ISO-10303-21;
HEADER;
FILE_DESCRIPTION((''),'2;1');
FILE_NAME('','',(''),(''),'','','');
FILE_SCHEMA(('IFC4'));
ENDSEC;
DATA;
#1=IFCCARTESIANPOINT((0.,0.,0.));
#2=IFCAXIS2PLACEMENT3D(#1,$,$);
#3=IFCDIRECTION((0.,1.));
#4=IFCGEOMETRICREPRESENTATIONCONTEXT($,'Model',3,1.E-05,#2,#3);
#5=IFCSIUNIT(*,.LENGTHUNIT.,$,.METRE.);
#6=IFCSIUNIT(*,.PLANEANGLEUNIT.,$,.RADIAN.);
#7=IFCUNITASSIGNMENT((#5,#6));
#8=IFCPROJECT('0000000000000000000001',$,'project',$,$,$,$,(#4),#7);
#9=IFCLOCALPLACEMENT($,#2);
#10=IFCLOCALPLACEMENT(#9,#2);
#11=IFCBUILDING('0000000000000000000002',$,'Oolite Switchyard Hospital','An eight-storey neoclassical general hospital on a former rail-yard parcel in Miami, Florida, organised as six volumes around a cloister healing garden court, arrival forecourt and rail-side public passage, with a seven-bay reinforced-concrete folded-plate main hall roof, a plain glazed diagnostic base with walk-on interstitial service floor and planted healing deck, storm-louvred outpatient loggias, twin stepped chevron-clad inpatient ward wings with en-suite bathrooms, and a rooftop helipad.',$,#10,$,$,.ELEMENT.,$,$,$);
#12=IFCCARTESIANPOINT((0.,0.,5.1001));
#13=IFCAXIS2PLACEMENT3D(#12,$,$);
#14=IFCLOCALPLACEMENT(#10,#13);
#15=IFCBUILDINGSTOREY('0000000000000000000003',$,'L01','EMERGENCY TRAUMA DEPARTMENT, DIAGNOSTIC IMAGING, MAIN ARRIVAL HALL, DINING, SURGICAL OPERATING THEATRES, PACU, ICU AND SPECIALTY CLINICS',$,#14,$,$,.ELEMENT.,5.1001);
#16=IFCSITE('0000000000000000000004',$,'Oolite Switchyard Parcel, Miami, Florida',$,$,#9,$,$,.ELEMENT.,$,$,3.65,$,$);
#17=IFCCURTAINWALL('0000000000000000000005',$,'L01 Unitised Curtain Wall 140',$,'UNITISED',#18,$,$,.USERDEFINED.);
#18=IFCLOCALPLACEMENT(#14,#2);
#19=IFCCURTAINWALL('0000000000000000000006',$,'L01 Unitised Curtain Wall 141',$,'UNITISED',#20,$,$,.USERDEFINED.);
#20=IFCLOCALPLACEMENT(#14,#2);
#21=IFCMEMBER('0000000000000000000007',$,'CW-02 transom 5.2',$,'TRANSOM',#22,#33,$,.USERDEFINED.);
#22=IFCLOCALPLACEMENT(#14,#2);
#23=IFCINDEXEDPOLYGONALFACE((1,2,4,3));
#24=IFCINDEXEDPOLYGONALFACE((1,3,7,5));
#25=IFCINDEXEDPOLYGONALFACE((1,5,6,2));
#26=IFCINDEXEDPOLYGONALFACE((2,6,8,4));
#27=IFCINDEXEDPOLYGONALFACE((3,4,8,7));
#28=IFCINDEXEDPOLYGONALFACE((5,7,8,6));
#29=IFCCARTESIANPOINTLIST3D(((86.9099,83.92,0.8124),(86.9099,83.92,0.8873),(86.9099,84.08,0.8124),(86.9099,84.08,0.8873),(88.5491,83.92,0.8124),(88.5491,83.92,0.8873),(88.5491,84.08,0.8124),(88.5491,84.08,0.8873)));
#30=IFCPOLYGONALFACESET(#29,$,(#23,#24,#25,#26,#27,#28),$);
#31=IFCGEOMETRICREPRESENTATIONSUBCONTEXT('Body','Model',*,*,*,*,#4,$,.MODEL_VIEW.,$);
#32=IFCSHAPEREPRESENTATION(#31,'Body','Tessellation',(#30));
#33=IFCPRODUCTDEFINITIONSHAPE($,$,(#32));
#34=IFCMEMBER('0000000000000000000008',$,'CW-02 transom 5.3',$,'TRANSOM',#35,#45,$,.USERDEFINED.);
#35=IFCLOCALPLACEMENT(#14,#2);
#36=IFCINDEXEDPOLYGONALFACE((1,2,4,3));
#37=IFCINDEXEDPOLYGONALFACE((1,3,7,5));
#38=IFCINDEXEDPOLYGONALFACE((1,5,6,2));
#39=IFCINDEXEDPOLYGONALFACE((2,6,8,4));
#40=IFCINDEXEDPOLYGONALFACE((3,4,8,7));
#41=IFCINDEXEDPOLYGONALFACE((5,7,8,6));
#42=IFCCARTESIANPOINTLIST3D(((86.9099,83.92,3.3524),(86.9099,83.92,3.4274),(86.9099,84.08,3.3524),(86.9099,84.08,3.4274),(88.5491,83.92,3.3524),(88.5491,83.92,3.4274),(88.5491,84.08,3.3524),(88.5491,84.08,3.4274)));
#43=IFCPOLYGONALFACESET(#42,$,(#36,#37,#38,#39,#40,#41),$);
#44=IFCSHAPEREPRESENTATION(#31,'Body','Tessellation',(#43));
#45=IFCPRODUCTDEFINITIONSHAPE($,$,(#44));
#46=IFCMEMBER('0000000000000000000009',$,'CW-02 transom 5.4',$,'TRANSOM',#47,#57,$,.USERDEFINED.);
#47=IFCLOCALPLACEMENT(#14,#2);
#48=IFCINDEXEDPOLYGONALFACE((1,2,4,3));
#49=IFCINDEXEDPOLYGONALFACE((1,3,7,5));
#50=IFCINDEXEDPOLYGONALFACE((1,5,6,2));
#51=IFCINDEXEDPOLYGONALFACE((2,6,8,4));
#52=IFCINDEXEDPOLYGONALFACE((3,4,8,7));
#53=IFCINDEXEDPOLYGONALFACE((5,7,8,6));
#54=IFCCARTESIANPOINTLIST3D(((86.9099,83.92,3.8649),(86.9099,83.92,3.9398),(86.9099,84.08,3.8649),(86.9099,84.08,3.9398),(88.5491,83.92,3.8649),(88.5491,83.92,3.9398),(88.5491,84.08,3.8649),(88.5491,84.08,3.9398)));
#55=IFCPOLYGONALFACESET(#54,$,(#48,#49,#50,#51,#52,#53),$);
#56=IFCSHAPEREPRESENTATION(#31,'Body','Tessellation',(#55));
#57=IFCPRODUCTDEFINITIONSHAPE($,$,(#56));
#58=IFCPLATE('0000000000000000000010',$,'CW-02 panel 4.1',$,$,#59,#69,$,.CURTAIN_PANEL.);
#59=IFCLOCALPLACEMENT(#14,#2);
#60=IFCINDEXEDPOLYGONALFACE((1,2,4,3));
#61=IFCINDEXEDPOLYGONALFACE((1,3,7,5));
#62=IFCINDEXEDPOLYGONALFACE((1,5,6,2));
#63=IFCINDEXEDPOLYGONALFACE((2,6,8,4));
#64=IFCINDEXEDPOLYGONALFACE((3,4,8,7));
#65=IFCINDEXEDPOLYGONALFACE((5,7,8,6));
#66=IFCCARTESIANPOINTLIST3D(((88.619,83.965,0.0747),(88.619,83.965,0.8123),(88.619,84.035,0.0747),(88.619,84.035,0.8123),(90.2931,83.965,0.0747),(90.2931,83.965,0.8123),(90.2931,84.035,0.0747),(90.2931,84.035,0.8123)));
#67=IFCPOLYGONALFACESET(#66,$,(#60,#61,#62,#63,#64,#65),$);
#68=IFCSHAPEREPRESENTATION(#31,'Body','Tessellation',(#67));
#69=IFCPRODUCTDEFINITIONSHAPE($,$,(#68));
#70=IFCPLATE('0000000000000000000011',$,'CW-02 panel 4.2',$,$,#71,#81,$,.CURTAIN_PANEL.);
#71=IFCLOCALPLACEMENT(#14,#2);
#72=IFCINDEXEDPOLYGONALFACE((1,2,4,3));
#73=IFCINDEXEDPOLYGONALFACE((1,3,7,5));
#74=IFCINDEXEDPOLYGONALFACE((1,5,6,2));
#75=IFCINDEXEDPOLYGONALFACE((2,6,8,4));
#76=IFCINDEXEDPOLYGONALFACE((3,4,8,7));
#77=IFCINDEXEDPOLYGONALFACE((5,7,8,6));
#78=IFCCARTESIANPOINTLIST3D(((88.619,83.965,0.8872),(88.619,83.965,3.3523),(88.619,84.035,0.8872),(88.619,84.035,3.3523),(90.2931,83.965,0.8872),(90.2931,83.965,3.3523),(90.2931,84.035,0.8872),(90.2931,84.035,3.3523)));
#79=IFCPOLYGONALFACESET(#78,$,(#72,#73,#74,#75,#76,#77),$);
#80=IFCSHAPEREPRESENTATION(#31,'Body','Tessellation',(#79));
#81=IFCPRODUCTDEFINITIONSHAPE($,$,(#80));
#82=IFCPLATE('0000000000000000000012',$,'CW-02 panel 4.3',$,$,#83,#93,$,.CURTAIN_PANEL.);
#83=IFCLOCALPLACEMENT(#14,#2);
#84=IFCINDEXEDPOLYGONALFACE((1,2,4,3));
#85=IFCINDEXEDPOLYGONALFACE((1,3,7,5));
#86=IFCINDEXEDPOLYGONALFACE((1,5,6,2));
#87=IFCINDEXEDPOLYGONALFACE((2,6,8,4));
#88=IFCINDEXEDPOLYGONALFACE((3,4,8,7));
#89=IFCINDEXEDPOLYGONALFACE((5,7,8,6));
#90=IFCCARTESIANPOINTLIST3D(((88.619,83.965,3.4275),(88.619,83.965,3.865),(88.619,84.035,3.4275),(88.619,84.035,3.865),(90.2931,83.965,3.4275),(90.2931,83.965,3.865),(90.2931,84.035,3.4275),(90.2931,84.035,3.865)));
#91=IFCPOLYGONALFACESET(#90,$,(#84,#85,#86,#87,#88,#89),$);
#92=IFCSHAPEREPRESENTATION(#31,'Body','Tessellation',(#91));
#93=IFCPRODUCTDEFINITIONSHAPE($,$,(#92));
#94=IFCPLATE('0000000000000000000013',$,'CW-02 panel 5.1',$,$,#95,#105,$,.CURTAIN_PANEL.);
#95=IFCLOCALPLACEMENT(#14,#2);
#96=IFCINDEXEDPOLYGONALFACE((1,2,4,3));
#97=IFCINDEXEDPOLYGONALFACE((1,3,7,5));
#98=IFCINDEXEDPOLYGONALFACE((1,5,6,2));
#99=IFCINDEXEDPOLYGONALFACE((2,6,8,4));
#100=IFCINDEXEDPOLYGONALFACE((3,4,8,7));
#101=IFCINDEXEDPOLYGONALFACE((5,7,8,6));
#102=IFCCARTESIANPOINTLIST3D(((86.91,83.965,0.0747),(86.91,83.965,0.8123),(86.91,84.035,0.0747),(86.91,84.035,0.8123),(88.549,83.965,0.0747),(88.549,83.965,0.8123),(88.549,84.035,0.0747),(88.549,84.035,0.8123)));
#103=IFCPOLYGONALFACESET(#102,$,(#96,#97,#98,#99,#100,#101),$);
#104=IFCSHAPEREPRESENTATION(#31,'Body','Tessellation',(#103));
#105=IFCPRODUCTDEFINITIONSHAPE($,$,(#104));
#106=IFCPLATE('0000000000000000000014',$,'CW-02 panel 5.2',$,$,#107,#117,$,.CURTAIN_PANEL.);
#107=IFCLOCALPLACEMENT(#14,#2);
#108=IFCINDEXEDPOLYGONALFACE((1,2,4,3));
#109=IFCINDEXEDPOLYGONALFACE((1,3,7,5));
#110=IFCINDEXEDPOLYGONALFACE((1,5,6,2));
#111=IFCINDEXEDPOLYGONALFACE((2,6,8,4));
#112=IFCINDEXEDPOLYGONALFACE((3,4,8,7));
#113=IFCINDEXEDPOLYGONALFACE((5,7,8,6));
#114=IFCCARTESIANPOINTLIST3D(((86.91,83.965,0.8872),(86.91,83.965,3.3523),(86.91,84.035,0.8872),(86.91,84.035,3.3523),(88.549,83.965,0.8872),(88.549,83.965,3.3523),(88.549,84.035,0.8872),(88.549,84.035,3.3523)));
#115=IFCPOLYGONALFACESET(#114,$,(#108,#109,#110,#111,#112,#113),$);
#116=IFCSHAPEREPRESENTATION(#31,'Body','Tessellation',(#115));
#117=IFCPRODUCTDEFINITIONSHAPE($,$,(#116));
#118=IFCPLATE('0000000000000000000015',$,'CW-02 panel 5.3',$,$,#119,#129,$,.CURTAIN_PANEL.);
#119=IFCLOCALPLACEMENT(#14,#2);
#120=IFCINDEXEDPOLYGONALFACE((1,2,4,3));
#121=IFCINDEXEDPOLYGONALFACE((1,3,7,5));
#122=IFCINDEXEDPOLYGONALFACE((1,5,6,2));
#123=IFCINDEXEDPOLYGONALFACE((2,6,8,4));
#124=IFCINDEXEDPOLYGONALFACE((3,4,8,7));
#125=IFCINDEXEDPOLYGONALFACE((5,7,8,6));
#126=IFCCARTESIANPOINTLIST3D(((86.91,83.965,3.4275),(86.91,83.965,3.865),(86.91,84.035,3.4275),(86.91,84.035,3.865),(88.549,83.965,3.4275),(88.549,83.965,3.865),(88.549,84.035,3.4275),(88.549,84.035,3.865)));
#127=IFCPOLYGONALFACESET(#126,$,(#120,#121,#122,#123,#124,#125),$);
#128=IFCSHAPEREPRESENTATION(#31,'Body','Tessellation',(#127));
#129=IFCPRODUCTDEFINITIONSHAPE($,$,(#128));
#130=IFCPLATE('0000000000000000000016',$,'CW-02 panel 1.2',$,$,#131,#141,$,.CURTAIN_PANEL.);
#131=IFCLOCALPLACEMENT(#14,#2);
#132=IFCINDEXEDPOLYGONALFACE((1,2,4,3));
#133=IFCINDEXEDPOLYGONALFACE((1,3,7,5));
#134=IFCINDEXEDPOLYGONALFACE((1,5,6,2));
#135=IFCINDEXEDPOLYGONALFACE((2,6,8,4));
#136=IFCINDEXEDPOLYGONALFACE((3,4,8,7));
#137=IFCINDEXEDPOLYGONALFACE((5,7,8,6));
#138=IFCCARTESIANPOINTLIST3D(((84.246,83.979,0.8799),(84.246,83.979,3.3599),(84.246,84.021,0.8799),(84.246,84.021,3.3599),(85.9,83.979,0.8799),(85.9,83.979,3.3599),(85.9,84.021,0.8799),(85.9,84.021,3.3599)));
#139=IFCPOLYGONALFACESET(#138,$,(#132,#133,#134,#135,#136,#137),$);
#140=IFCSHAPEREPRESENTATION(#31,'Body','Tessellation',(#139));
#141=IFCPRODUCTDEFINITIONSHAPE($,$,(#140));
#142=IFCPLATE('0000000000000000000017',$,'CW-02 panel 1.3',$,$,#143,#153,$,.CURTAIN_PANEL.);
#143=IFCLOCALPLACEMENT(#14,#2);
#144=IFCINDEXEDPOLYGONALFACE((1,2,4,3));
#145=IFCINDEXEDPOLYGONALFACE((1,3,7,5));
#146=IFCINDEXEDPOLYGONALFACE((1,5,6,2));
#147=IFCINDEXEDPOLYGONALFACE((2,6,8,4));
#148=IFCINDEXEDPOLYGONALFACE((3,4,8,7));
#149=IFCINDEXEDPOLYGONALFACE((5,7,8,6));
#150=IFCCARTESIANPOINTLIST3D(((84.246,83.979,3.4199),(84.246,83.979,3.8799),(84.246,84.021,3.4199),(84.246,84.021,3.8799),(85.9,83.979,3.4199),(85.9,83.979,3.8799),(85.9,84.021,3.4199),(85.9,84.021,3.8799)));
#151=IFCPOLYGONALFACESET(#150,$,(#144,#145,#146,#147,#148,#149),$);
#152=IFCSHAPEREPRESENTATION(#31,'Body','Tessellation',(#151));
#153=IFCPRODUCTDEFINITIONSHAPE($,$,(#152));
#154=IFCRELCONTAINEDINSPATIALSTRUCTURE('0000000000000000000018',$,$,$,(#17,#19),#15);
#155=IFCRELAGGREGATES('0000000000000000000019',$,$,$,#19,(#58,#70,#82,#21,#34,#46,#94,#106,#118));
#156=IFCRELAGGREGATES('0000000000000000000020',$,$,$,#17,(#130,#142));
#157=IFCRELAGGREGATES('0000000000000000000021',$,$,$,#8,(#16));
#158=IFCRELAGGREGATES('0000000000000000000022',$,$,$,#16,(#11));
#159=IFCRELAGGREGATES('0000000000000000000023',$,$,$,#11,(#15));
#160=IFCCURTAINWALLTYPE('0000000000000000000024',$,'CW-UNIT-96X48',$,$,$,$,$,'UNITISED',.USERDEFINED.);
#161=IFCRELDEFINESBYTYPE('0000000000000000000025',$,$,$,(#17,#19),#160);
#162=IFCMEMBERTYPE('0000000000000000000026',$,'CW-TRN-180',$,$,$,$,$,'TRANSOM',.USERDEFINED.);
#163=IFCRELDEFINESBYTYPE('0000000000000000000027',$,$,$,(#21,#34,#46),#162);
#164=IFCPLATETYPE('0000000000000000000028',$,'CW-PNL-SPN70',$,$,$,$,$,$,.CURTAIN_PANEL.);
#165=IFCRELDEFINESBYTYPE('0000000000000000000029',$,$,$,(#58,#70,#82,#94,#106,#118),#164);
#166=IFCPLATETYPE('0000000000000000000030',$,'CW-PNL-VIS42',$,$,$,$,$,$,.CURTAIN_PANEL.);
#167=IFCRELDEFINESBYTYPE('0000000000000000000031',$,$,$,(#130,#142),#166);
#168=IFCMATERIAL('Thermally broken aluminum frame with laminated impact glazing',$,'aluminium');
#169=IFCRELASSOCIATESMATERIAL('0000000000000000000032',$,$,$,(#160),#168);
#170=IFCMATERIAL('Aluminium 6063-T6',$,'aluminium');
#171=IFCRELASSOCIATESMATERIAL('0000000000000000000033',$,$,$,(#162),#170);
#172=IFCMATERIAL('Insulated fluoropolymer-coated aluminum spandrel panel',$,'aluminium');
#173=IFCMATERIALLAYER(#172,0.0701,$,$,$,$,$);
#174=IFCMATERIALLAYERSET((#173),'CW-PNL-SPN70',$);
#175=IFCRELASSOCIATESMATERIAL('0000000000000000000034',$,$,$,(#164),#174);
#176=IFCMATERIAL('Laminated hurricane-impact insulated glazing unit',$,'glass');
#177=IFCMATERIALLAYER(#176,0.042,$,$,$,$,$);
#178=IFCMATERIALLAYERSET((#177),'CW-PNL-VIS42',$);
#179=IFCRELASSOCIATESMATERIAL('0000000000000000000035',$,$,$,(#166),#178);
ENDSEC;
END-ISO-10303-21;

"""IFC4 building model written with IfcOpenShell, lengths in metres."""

from ifc_helpers import new_model, si_unit, direction, frame, origin, origin_2d, place, context, subcontext, project, spatial, rectangle, extrude, material, layer, layer_set, material_profile, profile_set, type_object, element, aggregate, save


model = new_model("IFC4")

# Units and contexts
model_context = context("Model", 3, precision=1e-05, world=origin(), true_north=direction((0.0, 1.0)))
body_context = subcontext(model_context, "Body", "Model", "MODEL_VIEW")
ifc_project = project(units=[si_unit("LENGTHUNIT", "METRE"), si_unit("PLANEANGLEUNIT", "RADIAN")], contexts=[model_context])

# Site, building, storey
site_placement = place(None, origin())
site = spatial("IfcSite", under=ifc_project, at=site_placement, Name="Oolite Switchyard Parcel, Miami, Florida", CompositionType="ELEMENT", RefElevation=3.65)
building_placement = place(site_placement, origin())
building = spatial("IfcBuilding", under=site, at=building_placement, Name="Oolite Switchyard Hospital", Description="An eight-storey neoclassical general hospital on a former rail-yard parcel in Miami, Florida, organised as six volumes around a cloister healing garden court, arrival forecourt and rail-side public passage, with a seven-bay reinforced-concrete folded-plate main hall roof, a plain glazed diagnostic base with walk-on interstitial service floor and planted healing deck, storm-louvred outpatient loggias, twin stepped chevron-clad inpatient ward wings with en-suite bathrooms, and a rooftop helipad.", CompositionType="ELEMENT")
storey_placement = place(building_placement, frame((0.0, 0.0, 5.1001)))
storey = spatial("IfcBuildingStorey", under=building, at=storey_placement, Name="L01", Description="EMERGENCY TRAUMA DEPARTMENT, DIAGNOSTIC IMAGING, MAIN ARRIVAL HALL, DINING, SURGICAL OPERATING THEATRES, PACU, ICU AND SPECIALTY CLINICS", CompositionType="ELEMENT", Elevation=5.1001)

# Curtain wall
ifc_material_1 = material(Name="Thermally broken aluminum frame with laminated impact glazing", Category="aluminium")
curtain_wall_type = type_object("IfcCurtainWallType", Name="CW-UNIT-96X48", ElementType="UNITISED", PredefinedType="USERDEFINED", material=ifc_material_1)
curtain_wall_1_placement = place(storey_placement, origin())
curtain_wall_1 = element("IfcCurtainWall", 1, at=curtain_wall_1_placement, inside=storey, type_object=curtain_wall_type, Name="L01 Unitised Curtain Wall 140", ObjectType="UNITISED", PredefinedType="USERDEFINED")
ifc_material_2 = material(Name="Aluminium 6063-T6", Category="aluminium")

# Curtain wall
curtain_wall_2_placement = place(storey_placement, origin())
curtain_wall_2 = element("IfcCurtainWall", 2, at=curtain_wall_2_placement, inside=storey, type_object=curtain_wall_type, Name="L01 Unitised Curtain Wall 141", ObjectType="UNITISED", PredefinedType="USERDEFINED")

# Members
ifc_material_profile_1 = material_profile(ifc_material_2, rectangle(XDim=0.1599, YDim=0.075, at=origin_2d()), Name="CWT75X160")
ifc_profile_set_1 = profile_set([ifc_material_profile_1], Name="Aluminium 6063-T6")
member_type_1 = type_object("IfcMemberType", Name="CW-TRN-180", ElementType="TRANSOM", PredefinedType="USERDEFINED", material=ifc_profile_set_1)
member_1_placement = place(storey_placement, frame((88.5491, 84.0, 0.8499), z_axis=(-1.0, 0.0, 0.0), x_axis=(0.0, -1.0, 0.0)))
member_1 = element("IfcMember", 3, at=member_1_placement, type_object=member_type_1, Name="CW-02 transom 5.2", ObjectType="TRANSOM", PredefinedType="USERDEFINED", context=body_context, shape_type="SweptSolid", body=[
    extrude(rectangle(XDim=0.1599, YDim=0.075, at=origin_2d()), origin(), (0.0, 0.0, 1.0), 1.6392),
])
member_2_placement = place(storey_placement, frame((88.5491, 84.0, 3.3899), z_axis=(-1.0, 0.0, 0.0), x_axis=(0.0, -1.0, 0.0)))
member_2 = element("IfcMember", 4, at=member_2_placement, type_object=member_type_1, Name="CW-02 transom 5.3", ObjectType="TRANSOM", PredefinedType="USERDEFINED", context=body_context, shape_type="SweptSolid", body=[
    extrude(rectangle(XDim=0.1599, YDim=0.075, at=origin_2d()), origin(), (0.0, 0.0, 1.0), 1.6392),
])
member_3_placement = place(storey_placement, frame((88.5491, 84.0, 3.9023), z_axis=(-1.0, 0.0, 0.0), x_axis=(0.0, -1.0, 0.0)))
member_3 = element("IfcMember", 5, at=member_3_placement, type_object=member_type_1, Name="CW-02 transom 5.4", ObjectType="TRANSOM", PredefinedType="USERDEFINED", context=body_context, shape_type="SweptSolid", body=[
    extrude(rectangle(XDim=0.1599, YDim=0.075, at=origin_2d()), origin(), (0.0, 0.0, 1.0), 1.6392),
])

# Plates
ifc_material_3 = material(Name="Insulated fluoropolymer-coated aluminum spandrel panel", Category="aluminium")
ifc_layer_1 = layer(ifc_material_3, 0.0701)
ifc_layer_set_1 = layer_set([ifc_layer_1], Name="CW-PNL-SPN70")
plate_type_1 = type_object("IfcPlateType", Name="CW-PNL-SPN70", PredefinedType="CURTAIN_PANEL", material=ifc_layer_set_1)
plate_1_placement = place(storey_placement, frame((89.4561, 84.0, 0.0747), z_axis=(0.0, 0.0, 1.0), x_axis=(-1.0, 0.0, 0.0)))
plate_1 = element("IfcPlate", 6, at=plate_1_placement, type_object=plate_type_1, Name="CW-02 panel 4.1", PredefinedType="CURTAIN_PANEL", context=body_context, shape_type="SweptSolid", body=[
    extrude(rectangle(XDim=1.6741, YDim=0.0701, at=origin_2d()), origin(), (0.0, 0.0, 1.0), 0.7375),
])
plate_2_placement = place(storey_placement, frame((89.4561, 84.0, 0.8872), z_axis=(0.0, 0.0, 1.0), x_axis=(-1.0, 0.0, 0.0)))
plate_2 = element("IfcPlate", 7, at=plate_2_placement, type_object=plate_type_1, Name="CW-02 panel 4.2", PredefinedType="CURTAIN_PANEL", context=body_context, shape_type="SweptSolid", body=[
    extrude(rectangle(XDim=1.6741, YDim=0.0701, at=origin_2d()), origin(), (0.0, 0.0, 1.0), 2.4651),
])
plate_3_placement = place(storey_placement, frame((89.4561, 84.0, 3.4275), z_axis=(0.0, 0.0, 1.0), x_axis=(-1.0, 0.0, 0.0)))
plate_3 = element("IfcPlate", 8, at=plate_3_placement, type_object=plate_type_1, Name="CW-02 panel 4.3", PredefinedType="CURTAIN_PANEL", context=body_context, shape_type="SweptSolid", body=[
    extrude(rectangle(XDim=1.6741, YDim=0.0701, at=origin_2d()), origin(), (0.0, 0.0, 1.0), 0.4375),
])
plate_4_placement = place(storey_placement, frame((87.7295, 84.0, 0.0747), z_axis=(0.0, 0.0, 1.0), x_axis=(-1.0, 0.0, 0.0)))
plate_4 = element("IfcPlate", 9, at=plate_4_placement, type_object=plate_type_1, Name="CW-02 panel 5.1", PredefinedType="CURTAIN_PANEL", context=body_context, shape_type="SweptSolid", body=[
    extrude(rectangle(XDim=1.6389, YDim=0.0701, at=origin_2d()), origin(), (0.0, 0.0, 1.0), 0.7375),
])
plate_5_placement = place(storey_placement, frame((87.7295, 84.0, 0.8872), z_axis=(0.0, 0.0, 1.0), x_axis=(-1.0, 0.0, 0.0)))
plate_5 = element("IfcPlate", 10, at=plate_5_placement, type_object=plate_type_1, Name="CW-02 panel 5.2", PredefinedType="CURTAIN_PANEL", context=body_context, shape_type="SweptSolid", body=[
    extrude(rectangle(XDim=1.6389, YDim=0.0701, at=origin_2d()), origin(), (0.0, 0.0, 1.0), 2.4651),
])
plate_6_placement = place(storey_placement, frame((87.7295, 84.0, 3.4275), z_axis=(0.0, 0.0, 1.0), x_axis=(-1.0, 0.0, 0.0)))
plate_6 = element("IfcPlate", 11, at=plate_6_placement, type_object=plate_type_1, Name="CW-02 panel 5.3", PredefinedType="CURTAIN_PANEL", context=body_context, shape_type="SweptSolid", body=[
    extrude(rectangle(XDim=1.6389, YDim=0.0701, at=origin_2d()), origin(), (0.0, 0.0, 1.0), 0.4375),
])
aggregate(curtain_wall_2, [plate_1, plate_2, plate_3, member_1, member_2, member_3, plate_4, plate_5, plate_6])
ifc_material_4 = material(Name="Laminated hurricane-impact insulated glazing unit", Category="glass")
ifc_layer_2 = layer(ifc_material_4, 0.042)
ifc_layer_set_2 = layer_set([ifc_layer_2], Name="CW-PNL-VIS42")
plate_type_2 = type_object("IfcPlateType", Name="CW-PNL-VIS42", PredefinedType="CURTAIN_PANEL", material=ifc_layer_set_2)
plate_7_placement = place(storey_placement, frame((85.073, 84.0, 0.8799), z_axis=(0.0, 0.0, 1.0), x_axis=(-1.0, 0.0, 0.0)))
plate_7 = element("IfcPlate", 12, at=plate_7_placement, type_object=plate_type_2, Name="CW-02 panel 1.2", PredefinedType="CURTAIN_PANEL", context=body_context, shape_type="SweptSolid", body=[
    extrude(rectangle(XDim=1.6541, YDim=0.042, at=origin_2d()), origin(), (0.0, 0.0, 1.0), 2.48),
])
plate_8_placement = place(storey_placement, frame((85.073, 84.0, 3.4199), z_axis=(0.0, 0.0, 1.0), x_axis=(-1.0, 0.0, 0.0)))
plate_8 = element("IfcPlate", 13, at=plate_8_placement, type_object=plate_type_2, Name="CW-02 panel 1.3", PredefinedType="CURTAIN_PANEL", context=body_context, shape_type="SweptSolid", body=[
    extrude(rectangle(XDim=1.6541, YDim=0.042, at=origin_2d()), origin(), (0.0, 0.0, 1.0), 0.46),
])
aggregate(curtain_wall_1, [plate_7, plate_8])

save(model, "model.ifc")
